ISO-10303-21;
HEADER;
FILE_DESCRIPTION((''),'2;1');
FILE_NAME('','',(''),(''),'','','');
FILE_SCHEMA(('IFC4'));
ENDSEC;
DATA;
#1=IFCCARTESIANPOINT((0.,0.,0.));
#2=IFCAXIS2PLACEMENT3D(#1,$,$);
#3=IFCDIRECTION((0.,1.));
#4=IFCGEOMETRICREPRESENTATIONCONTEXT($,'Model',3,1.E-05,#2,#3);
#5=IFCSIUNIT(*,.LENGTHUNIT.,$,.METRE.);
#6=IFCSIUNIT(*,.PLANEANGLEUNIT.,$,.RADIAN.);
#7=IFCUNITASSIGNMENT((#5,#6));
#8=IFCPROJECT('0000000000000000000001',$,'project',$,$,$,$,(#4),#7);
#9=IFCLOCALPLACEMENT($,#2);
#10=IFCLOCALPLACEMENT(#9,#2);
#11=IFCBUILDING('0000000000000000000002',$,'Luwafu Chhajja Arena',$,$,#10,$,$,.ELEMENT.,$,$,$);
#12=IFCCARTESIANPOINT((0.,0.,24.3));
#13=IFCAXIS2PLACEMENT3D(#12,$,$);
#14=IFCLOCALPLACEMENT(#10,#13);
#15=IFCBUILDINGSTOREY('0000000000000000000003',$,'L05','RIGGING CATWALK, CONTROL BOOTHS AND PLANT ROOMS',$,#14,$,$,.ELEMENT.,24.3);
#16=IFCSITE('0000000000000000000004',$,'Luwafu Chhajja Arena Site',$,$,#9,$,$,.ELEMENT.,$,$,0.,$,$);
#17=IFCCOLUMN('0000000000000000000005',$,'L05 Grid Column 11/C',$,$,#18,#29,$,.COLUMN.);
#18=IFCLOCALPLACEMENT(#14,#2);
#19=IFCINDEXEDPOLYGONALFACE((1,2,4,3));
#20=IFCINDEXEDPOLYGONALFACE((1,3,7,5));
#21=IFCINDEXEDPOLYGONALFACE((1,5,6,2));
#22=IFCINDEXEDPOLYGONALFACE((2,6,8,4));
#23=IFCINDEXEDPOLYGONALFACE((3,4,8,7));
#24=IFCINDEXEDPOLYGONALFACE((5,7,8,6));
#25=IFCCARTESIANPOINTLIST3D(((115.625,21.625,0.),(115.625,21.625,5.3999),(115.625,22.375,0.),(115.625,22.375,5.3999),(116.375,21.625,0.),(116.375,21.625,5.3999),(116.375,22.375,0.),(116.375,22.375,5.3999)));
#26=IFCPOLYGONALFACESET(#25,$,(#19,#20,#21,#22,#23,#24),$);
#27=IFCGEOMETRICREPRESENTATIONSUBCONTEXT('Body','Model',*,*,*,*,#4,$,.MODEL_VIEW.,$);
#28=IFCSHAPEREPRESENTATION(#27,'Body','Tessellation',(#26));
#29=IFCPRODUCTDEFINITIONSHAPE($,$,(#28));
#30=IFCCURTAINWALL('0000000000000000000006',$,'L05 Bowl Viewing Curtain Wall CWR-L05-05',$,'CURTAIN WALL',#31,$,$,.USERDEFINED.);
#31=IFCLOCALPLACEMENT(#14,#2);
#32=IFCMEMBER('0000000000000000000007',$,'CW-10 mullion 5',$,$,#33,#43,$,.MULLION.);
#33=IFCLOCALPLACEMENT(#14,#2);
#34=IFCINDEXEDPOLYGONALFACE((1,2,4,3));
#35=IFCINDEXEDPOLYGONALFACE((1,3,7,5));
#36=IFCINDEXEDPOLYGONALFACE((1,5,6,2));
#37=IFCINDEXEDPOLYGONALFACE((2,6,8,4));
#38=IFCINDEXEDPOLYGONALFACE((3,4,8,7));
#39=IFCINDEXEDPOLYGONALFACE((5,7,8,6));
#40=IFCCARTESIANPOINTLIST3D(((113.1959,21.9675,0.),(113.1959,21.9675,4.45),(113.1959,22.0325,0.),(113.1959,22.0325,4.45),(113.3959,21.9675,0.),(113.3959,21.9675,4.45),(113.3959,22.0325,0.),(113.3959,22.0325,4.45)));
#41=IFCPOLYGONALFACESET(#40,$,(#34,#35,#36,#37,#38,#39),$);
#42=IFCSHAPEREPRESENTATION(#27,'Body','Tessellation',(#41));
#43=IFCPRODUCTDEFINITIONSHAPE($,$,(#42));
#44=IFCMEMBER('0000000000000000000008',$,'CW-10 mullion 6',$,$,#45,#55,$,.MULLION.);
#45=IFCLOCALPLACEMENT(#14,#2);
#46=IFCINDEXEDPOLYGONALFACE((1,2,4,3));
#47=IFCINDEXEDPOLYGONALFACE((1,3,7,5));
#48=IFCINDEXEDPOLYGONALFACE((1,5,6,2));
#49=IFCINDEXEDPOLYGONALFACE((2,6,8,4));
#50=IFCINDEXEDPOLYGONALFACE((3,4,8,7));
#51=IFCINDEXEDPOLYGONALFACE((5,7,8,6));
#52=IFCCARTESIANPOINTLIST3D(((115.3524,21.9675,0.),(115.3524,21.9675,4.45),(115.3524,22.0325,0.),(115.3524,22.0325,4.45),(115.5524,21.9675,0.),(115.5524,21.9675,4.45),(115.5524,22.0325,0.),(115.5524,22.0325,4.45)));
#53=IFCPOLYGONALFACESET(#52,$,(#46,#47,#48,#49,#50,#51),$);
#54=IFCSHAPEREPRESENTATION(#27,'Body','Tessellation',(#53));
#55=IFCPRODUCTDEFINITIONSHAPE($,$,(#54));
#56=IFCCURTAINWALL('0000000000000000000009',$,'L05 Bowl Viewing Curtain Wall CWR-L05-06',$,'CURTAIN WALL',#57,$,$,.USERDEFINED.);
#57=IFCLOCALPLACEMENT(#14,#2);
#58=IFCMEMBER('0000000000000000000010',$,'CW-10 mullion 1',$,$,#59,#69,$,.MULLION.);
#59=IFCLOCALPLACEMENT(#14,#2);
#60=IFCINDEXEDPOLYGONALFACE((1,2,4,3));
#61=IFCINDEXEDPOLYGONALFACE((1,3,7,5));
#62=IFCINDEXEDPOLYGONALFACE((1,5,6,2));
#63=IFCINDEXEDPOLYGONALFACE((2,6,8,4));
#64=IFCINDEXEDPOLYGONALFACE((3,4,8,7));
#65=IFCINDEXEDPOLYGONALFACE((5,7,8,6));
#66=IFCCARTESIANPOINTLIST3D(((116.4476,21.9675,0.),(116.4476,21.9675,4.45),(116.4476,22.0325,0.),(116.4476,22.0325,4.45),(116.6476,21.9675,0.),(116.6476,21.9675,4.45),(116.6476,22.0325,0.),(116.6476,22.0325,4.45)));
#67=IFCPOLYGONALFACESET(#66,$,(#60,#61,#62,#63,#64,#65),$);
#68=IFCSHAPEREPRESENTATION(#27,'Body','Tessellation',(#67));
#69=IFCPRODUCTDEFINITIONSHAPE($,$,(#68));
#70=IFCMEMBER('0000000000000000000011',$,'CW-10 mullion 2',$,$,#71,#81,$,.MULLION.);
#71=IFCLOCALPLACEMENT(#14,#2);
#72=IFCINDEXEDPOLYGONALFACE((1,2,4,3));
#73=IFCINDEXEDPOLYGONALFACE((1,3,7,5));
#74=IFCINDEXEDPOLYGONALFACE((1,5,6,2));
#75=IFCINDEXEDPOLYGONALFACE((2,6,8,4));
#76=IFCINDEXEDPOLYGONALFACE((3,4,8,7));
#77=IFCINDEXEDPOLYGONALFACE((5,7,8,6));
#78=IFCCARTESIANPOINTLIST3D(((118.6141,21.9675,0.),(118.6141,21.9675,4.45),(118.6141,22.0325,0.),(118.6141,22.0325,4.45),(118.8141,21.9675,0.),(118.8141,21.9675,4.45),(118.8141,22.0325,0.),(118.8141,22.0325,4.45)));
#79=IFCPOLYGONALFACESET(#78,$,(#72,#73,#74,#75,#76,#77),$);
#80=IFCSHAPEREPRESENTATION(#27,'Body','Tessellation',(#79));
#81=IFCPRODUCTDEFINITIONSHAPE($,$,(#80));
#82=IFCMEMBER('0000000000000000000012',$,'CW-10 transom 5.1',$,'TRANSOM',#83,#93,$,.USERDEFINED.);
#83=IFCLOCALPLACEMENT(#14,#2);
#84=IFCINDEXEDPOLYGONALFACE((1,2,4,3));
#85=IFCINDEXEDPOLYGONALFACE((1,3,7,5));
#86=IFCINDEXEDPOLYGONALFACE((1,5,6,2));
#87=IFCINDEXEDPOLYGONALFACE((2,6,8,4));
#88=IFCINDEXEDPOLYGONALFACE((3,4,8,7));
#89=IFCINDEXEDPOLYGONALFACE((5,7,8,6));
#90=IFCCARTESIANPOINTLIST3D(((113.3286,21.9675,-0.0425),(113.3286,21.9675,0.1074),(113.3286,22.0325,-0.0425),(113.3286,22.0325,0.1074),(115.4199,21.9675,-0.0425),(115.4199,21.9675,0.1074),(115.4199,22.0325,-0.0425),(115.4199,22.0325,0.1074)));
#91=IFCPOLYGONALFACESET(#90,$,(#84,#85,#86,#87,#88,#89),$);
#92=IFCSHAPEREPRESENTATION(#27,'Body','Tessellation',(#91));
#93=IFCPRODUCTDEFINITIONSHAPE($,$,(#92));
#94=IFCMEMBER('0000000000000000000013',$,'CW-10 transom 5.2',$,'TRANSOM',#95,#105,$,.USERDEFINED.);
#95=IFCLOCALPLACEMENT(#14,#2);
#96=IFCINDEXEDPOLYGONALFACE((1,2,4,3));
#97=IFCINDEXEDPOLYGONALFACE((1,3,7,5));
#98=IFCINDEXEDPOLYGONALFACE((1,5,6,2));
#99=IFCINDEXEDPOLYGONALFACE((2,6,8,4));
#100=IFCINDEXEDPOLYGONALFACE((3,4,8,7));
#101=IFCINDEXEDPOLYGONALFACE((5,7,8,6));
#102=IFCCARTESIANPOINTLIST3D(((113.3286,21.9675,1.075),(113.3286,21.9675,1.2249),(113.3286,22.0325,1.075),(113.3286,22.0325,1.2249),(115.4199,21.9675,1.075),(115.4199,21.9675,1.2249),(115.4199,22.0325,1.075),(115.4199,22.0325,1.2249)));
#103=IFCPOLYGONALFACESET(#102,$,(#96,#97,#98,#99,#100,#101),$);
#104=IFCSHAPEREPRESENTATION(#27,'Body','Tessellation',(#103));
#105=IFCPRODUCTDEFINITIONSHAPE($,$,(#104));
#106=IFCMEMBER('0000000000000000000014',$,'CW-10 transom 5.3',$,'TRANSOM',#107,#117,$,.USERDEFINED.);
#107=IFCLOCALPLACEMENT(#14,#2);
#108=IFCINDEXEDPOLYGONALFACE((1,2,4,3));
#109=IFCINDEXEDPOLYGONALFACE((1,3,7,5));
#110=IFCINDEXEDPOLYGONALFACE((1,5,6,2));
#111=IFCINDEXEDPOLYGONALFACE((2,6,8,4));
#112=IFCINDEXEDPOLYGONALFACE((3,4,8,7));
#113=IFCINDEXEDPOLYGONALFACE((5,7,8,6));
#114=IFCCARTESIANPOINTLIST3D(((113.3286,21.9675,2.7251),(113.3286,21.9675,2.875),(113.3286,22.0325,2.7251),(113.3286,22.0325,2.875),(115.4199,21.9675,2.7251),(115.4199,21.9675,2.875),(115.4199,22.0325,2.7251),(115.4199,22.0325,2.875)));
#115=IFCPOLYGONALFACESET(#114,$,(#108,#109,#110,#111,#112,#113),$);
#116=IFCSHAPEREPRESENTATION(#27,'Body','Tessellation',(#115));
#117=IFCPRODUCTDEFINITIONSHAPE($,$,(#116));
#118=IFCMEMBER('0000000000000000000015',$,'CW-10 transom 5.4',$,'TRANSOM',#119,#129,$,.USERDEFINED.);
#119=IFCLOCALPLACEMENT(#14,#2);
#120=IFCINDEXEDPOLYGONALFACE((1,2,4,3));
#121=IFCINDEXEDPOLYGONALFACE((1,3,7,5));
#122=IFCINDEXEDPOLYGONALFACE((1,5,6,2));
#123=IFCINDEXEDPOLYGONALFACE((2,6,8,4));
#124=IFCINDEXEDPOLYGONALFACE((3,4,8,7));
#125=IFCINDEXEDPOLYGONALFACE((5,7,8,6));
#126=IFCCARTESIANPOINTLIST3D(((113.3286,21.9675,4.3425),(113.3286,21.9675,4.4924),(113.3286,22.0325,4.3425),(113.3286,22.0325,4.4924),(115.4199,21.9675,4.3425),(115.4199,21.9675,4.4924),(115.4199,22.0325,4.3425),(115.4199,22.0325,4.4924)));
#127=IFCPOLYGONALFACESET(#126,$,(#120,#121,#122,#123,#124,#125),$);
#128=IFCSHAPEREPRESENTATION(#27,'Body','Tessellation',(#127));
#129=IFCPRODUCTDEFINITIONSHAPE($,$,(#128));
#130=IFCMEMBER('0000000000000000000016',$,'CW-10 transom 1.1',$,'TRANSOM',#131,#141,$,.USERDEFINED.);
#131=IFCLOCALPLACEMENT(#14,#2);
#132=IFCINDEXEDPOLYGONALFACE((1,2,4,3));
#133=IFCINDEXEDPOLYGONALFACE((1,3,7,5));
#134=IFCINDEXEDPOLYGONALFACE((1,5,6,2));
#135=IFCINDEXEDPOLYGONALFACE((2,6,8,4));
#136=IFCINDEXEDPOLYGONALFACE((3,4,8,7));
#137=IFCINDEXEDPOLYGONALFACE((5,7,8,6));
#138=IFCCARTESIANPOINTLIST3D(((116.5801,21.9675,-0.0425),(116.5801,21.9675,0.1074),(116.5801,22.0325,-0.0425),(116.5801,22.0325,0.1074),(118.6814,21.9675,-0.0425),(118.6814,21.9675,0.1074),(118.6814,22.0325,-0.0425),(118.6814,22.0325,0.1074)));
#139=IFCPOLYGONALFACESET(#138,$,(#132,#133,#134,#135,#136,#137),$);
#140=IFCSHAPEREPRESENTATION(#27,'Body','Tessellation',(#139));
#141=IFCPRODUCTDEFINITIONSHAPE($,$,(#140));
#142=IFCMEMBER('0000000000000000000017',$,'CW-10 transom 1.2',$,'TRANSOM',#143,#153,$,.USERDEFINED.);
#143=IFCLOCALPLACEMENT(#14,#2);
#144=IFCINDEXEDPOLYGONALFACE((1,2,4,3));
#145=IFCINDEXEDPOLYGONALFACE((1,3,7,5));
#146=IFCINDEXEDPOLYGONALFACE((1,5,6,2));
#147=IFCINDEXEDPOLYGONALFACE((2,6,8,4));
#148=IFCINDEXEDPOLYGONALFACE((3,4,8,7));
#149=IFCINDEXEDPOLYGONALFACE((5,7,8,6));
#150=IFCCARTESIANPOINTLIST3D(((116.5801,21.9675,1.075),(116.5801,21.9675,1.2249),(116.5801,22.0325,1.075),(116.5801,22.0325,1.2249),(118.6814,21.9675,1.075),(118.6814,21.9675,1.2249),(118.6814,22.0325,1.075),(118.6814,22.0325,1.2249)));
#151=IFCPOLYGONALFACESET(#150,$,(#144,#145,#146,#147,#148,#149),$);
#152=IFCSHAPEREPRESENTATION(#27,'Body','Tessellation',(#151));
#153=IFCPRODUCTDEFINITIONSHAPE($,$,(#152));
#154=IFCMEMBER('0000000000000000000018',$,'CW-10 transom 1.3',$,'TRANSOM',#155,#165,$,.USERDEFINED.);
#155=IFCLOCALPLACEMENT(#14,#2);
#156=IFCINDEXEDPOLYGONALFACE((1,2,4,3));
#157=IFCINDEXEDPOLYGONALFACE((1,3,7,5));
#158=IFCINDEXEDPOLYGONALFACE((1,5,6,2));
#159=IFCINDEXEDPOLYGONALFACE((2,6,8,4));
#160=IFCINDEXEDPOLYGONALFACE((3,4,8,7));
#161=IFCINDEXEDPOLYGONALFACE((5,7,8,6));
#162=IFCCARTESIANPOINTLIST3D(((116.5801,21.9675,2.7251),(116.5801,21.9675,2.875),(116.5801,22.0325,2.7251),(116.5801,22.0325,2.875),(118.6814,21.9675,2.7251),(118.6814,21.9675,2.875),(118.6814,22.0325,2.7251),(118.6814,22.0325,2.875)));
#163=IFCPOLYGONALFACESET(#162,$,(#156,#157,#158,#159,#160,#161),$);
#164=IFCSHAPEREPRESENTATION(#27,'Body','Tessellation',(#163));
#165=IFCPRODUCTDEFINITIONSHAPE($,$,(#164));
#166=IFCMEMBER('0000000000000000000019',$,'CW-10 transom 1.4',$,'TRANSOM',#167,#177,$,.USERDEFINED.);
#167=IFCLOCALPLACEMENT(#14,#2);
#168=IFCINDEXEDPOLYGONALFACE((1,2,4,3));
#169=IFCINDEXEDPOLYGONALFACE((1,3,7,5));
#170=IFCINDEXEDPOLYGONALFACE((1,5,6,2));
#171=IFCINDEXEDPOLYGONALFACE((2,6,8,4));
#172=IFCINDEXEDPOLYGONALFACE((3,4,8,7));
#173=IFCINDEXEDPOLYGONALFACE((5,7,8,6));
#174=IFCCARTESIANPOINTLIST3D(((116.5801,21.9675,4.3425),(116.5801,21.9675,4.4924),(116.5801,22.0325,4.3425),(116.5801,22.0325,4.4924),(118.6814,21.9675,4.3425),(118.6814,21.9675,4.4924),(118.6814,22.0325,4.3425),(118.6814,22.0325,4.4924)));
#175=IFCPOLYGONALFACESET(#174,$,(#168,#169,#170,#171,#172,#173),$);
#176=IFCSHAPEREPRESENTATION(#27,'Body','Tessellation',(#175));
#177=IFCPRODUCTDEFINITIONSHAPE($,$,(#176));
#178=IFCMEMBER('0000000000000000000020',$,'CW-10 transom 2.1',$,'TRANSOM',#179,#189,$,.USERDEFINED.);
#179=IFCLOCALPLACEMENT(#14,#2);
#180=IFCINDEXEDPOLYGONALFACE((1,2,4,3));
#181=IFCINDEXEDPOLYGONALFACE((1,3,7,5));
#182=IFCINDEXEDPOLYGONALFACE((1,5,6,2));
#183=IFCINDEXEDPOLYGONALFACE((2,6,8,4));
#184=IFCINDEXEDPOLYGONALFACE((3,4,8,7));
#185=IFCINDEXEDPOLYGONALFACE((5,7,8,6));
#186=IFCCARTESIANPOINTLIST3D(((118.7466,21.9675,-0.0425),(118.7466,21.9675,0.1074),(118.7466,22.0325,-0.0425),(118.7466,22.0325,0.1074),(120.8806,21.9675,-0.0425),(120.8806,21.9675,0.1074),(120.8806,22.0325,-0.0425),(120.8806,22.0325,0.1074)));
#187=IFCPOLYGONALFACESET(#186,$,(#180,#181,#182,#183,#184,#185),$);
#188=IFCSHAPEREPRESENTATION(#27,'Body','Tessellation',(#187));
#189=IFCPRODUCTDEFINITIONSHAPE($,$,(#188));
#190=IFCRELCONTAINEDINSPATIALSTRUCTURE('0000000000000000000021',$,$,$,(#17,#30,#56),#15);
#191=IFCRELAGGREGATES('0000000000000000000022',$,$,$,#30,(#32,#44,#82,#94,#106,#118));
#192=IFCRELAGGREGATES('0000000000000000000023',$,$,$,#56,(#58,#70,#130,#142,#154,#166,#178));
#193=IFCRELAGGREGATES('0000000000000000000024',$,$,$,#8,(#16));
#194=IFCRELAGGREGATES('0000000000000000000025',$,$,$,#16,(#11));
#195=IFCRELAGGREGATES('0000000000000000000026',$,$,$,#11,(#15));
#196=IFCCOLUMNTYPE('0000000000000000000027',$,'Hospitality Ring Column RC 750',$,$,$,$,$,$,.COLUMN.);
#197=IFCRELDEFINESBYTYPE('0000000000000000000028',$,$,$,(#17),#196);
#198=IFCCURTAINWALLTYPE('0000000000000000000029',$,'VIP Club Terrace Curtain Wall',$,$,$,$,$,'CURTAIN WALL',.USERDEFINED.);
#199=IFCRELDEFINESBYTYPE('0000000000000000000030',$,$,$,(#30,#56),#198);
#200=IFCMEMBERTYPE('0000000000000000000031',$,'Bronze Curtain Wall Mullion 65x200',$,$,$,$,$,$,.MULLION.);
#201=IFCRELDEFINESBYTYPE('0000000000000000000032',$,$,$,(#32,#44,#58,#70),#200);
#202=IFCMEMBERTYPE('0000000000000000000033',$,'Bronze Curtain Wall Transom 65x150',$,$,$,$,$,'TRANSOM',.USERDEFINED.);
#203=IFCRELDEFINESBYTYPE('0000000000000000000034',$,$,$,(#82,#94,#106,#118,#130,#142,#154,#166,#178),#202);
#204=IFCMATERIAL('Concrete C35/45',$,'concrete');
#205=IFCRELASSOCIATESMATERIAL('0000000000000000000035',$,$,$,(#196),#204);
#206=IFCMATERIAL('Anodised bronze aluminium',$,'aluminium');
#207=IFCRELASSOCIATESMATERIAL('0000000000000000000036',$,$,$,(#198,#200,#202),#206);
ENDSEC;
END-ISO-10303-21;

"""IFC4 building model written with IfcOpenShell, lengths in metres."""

from ifc_helpers import new_model, si_unit, direction, frame, origin, origin_2d, place, context, subcontext, project, spatial, rectangle, extrude, material, material_profile, profile_set, type_object, element, aggregate, save


model = new_model("IFC4")

# Units and contexts
model_context = context("Model", 3, precision=1e-05, world=origin(), true_north=direction((0.0, 1.0)))
body_context = subcontext(model_context, "Body", "Model", "MODEL_VIEW")
ifc_project = project(units=[si_unit("LENGTHUNIT", "METRE"), si_unit("PLANEANGLEUNIT", "RADIAN")], contexts=[model_context])

# Site, building, storey
site_placement = place(None, origin())
site = spatial("IfcSite", under=ifc_project, at=site_placement, Name="Luwafu Chhajja Arena Site", CompositionType="ELEMENT", RefElevation=0.0)
building_placement = place(site_placement, origin())
building = spatial("IfcBuilding", under=site, at=building_placement, Name="Luwafu Chhajja Arena", CompositionType="ELEMENT")
storey_placement = place(building_placement, frame((0.0, 0.0, 24.3)))
storey = spatial("IfcBuildingStorey", under=building, at=storey_placement, Name="L05", Description="RIGGING CATWALK, CONTROL BOOTHS AND PLANT ROOMS", CompositionType="ELEMENT", Elevation=24.3)

# Column
ifc_material_1 = material(Name="Concrete C35/45", Category="concrete")
ifc_material_profile_1 = material_profile(ifc_material_1, rectangle(XDim=0.75, YDim=0.75, at=origin_2d()), Name="RC 750x750")
ifc_profile_set_1 = profile_set([ifc_material_profile_1], Name="Concrete C35/45")
column_type = type_object("IfcColumnType", Name="Hospitality Ring Column RC 750", PredefinedType="COLUMN", material=ifc_profile_set_1)
column_placement = place(storey_placement, frame((116.0, 22.0, 0.0), z_axis=(0.0, 0.0, 1.0), x_axis=(1.0, 0.0, 0.0)))
element("IfcColumn", 1, at=column_placement, inside=storey, type_object=column_type, Name="L05 Grid Column 11/C", PredefinedType="COLUMN", context=body_context, shape_type="SweptSolid", body=[
    extrude(rectangle(XDim=0.75, YDim=0.75, at=origin_2d()), origin(), (0.0, 0.0, 1.0), 5.3999),
])

# Curtain walls, members
ifc_material_2 = material(Name="Anodised bronze aluminium", Category="aluminium")
curtain_wall_type = type_object("IfcCurtainWallType", Name="VIP Club Terrace Curtain Wall", ElementType="CURTAIN WALL", PredefinedType="USERDEFINED", material=ifc_material_2)
curtain_wall_1_placement = place(storey_placement, origin())
curtain_wall_1 = element("IfcCurtainWall", 2, at=curtain_wall_1_placement, inside=storey, type_object=curtain_wall_type, Name="L05 Bowl Viewing Curtain Wall CWR-L05-05", ObjectType="CURTAIN WALL", PredefinedType="USERDEFINED")
ifc_material_profile_2 = material_profile(ifc_material_2, rectangle(XDim=0.0649, YDim=0.2, at=origin_2d()), Name="CWM 65x200")
ifc_profile_set_2 = profile_set([ifc_material_profile_2], Name="Anodised bronze aluminium")
member_type_1 = type_object("IfcMemberType", Name="Bronze Curtain Wall Mullion 65x200", PredefinedType="MULLION", material=ifc_profile_set_2)
member_1_placement = place(storey_placement, frame((113.2959, 22.0, 0.0), z_axis=(0.0, 0.0, 1.0), x_axis=(0.0, 1.0, 0.0)))
member_1 = element("IfcMember", 3, at=member_1_placement, type_object=member_type_1, Name="CW-10 mullion 5", PredefinedType="MULLION", context=body_context, shape_type="SweptSolid", body=[
    extrude(rectangle(XDim=0.0649, YDim=0.2, at=origin_2d()), origin(), (0.0, 0.0, 1.0), 4.45),
])
member_2_placement = place(storey_placement, frame((115.4524, 22.0, 0.0), z_axis=(0.0, 0.0, 1.0), x_axis=(0.0, 1.0, 0.0)))
member_2 = element("IfcMember", 4, at=member_2_placement, type_object=member_type_1, Name="CW-10 mullion 6", PredefinedType="MULLION", context=body_context, shape_type="SweptSolid", body=[
    extrude(rectangle(XDim=0.0649, YDim=0.2, at=origin_2d()), origin(), (0.0, 0.0, 1.0), 4.45),
])
curtain_wall_2_placement = place(storey_placement, origin())
curtain_wall_2 = element("IfcCurtainWall", 5, at=curtain_wall_2_placement, inside=storey, type_object=curtain_wall_type, Name="L05 Bowl Viewing Curtain Wall CWR-L05-06", ObjectType="CURTAIN WALL", PredefinedType="USERDEFINED")
member_3_placement = place(storey_placement, frame((116.5476, 22.0, 0.0), z_axis=(0.0, 0.0, 1.0), x_axis=(0.0, 1.0, 0.0)))
member_3 = element("IfcMember", 6, at=member_3_placement, type_object=member_type_1, Name="CW-10 mullion 1", PredefinedType="MULLION", context=body_context, shape_type="SweptSolid", body=[
    extrude(rectangle(XDim=0.0649, YDim=0.2, at=origin_2d()), origin(), (0.0, 0.0, 1.0), 4.45),
])
member_4_placement = place(storey_placement, frame((118.7141, 22.0, 0.0), z_axis=(0.0, 0.0, 1.0), x_axis=(0.0, 1.0, 0.0)))
member_4 = element("IfcMember", 7, at=member_4_placement, type_object=member_type_1, Name="CW-10 mullion 2", PredefinedType="MULLION", context=body_context, shape_type="SweptSolid", body=[
    extrude(rectangle(XDim=0.0649, YDim=0.2, at=origin_2d()), origin(), (0.0, 0.0, 1.0), 4.45),
])

# Members
ifc_material_profile_3 = material_profile(ifc_material_2, rectangle(XDim=0.0649, YDim=0.1499, at=origin_2d()), Name="CWT 65x150")
ifc_profile_set_3 = profile_set([ifc_material_profile_3], Name="Anodised bronze aluminium")
member_type_2 = type_object("IfcMemberType", Name="Bronze Curtain Wall Transom 65x150", ElementType="TRANSOM", PredefinedType="USERDEFINED", material=ifc_profile_set_3)
member_5_placement = place(storey_placement, frame((113.3286, 22.0, 0.0325), z_axis=(1.0, 0.0, 0.0), x_axis=(0.0, 1.0, 0.0)))
member_5 = element("IfcMember", 8, at=member_5_placement, type_object=member_type_2, Name="CW-10 transom 5.1", ObjectType="TRANSOM", PredefinedType="USERDEFINED", context=body_context, shape_type="SweptSolid", body=[
    extrude(rectangle(XDim=0.0649, YDim=0.1499, at=origin_2d()), origin(), (0.0, 0.0, 1.0), 2.0913),
])
member_6_placement = place(storey_placement, frame((113.3286, 22.0, 1.1499), z_axis=(1.0, 0.0, 0.0), x_axis=(0.0, 1.0, 0.0)))
member_6 = element("IfcMember", 9, at=member_6_placement, type_object=member_type_2, Name="CW-10 transom 5.2", ObjectType="TRANSOM", PredefinedType="USERDEFINED", context=body_context, shape_type="SweptSolid", body=[
    extrude(rectangle(XDim=0.0649, YDim=0.1499, at=origin_2d()), origin(), (0.0, 0.0, 1.0), 2.0913),
])
member_7_placement = place(storey_placement, frame((113.3286, 22.0, 2.8), z_axis=(1.0, 0.0, 0.0), x_axis=(0.0, 1.0, 0.0)))
member_7 = element("IfcMember", 10, at=member_7_placement, type_object=member_type_2, Name="CW-10 transom 5.3", ObjectType="TRANSOM", PredefinedType="USERDEFINED", context=body_context, shape_type="SweptSolid", body=[
    extrude(rectangle(XDim=0.0649, YDim=0.1499, at=origin_2d()), origin(), (0.0, 0.0, 1.0), 2.0913),
])
member_8_placement = place(storey_placement, frame((113.3286, 22.0, 4.4175), z_axis=(1.0, 0.0, 0.0), x_axis=(0.0, 1.0, 0.0)))
member_8 = element("IfcMember", 11, at=member_8_placement, type_object=member_type_2, Name="CW-10 transom 5.4", ObjectType="TRANSOM", PredefinedType="USERDEFINED", context=body_context, shape_type="SweptSolid", body=[
    extrude(rectangle(XDim=0.0649, YDim=0.1499, at=origin_2d()), origin(), (0.0, 0.0, 1.0), 2.0913),
])
member_9_placement = place(storey_placement, frame((116.5801, 22.0, 0.0325), z_axis=(1.0, 0.0, 0.0), x_axis=(0.0, 1.0, 0.0)))
member_9 = element("IfcMember", 12, at=member_9_placement, type_object=member_type_2, Name="CW-10 transom 1.1", ObjectType="TRANSOM", PredefinedType="USERDEFINED", context=body_context, shape_type="SweptSolid", body=[
    extrude(rectangle(XDim=0.0649, YDim=0.1499, at=origin_2d()), origin(), (0.0, 0.0, 1.0), 2.1013),
])
member_10_placement = place(storey_placement, frame((116.5801, 22.0, 1.1499), z_axis=(1.0, 0.0, 0.0), x_axis=(0.0, 1.0, 0.0)))
member_10 = element("IfcMember", 13, at=member_10_placement, type_object=member_type_2, Name="CW-10 transom 1.2", ObjectType="TRANSOM", PredefinedType="USERDEFINED", context=body_context, shape_type="SweptSolid", body=[
    extrude(rectangle(XDim=0.0649, YDim=0.1499, at=origin_2d()), origin(), (0.0, 0.0, 1.0), 2.1013),
])
member_11_placement = place(storey_placement, frame((116.5801, 22.0, 2.8), z_axis=(1.0, 0.0, 0.0), x_axis=(0.0, 1.0, 0.0)))
member_11 = element("IfcMember", 14, at=member_11_placement, type_object=member_type_2, Name="CW-10 transom 1.3", ObjectType="TRANSOM", PredefinedType="USERDEFINED", context=body_context, shape_type="SweptSolid", body=[
    extrude(rectangle(XDim=0.0649, YDim=0.1499, at=origin_2d()), origin(), (0.0, 0.0, 1.0), 2.1013),
])
member_12_placement = place(storey_placement, frame((116.5801, 22.0, 4.4175), z_axis=(1.0, 0.0, 0.0), x_axis=(0.0, 1.0, 0.0)))
member_12 = element("IfcMember", 15, at=member_12_placement, type_object=member_type_2, Name="CW-10 transom 1.4", ObjectType="TRANSOM", PredefinedType="USERDEFINED", context=body_context, shape_type="SweptSolid", body=[
    extrude(rectangle(XDim=0.0649, YDim=0.1499, at=origin_2d()), origin(), (0.0, 0.0, 1.0), 2.1013),
])
member_13_placement = place(storey_placement, frame((118.7466, 22.0, 0.0325), z_axis=(1.0, 0.0, 0.0), x_axis=(0.0, 1.0, 0.0)))
member_13 = element("IfcMember", 16, at=member_13_placement, type_object=member_type_2, Name="CW-10 transom 2.1", ObjectType="TRANSOM", PredefinedType="USERDEFINED", context=body_context, shape_type="SweptSolid", body=[
    extrude(rectangle(XDim=0.0649, YDim=0.1499, at=origin_2d()), origin(), (0.0, 0.0, 1.0), 2.134),
])

aggregate(curtain_wall_1, [member_1, member_2, member_5, member_6, member_7, member_8])
aggregate(curtain_wall_2, [member_3, member_4, member_9, member_10, member_11, member_12, member_13])

save(model, "model.ifc")
